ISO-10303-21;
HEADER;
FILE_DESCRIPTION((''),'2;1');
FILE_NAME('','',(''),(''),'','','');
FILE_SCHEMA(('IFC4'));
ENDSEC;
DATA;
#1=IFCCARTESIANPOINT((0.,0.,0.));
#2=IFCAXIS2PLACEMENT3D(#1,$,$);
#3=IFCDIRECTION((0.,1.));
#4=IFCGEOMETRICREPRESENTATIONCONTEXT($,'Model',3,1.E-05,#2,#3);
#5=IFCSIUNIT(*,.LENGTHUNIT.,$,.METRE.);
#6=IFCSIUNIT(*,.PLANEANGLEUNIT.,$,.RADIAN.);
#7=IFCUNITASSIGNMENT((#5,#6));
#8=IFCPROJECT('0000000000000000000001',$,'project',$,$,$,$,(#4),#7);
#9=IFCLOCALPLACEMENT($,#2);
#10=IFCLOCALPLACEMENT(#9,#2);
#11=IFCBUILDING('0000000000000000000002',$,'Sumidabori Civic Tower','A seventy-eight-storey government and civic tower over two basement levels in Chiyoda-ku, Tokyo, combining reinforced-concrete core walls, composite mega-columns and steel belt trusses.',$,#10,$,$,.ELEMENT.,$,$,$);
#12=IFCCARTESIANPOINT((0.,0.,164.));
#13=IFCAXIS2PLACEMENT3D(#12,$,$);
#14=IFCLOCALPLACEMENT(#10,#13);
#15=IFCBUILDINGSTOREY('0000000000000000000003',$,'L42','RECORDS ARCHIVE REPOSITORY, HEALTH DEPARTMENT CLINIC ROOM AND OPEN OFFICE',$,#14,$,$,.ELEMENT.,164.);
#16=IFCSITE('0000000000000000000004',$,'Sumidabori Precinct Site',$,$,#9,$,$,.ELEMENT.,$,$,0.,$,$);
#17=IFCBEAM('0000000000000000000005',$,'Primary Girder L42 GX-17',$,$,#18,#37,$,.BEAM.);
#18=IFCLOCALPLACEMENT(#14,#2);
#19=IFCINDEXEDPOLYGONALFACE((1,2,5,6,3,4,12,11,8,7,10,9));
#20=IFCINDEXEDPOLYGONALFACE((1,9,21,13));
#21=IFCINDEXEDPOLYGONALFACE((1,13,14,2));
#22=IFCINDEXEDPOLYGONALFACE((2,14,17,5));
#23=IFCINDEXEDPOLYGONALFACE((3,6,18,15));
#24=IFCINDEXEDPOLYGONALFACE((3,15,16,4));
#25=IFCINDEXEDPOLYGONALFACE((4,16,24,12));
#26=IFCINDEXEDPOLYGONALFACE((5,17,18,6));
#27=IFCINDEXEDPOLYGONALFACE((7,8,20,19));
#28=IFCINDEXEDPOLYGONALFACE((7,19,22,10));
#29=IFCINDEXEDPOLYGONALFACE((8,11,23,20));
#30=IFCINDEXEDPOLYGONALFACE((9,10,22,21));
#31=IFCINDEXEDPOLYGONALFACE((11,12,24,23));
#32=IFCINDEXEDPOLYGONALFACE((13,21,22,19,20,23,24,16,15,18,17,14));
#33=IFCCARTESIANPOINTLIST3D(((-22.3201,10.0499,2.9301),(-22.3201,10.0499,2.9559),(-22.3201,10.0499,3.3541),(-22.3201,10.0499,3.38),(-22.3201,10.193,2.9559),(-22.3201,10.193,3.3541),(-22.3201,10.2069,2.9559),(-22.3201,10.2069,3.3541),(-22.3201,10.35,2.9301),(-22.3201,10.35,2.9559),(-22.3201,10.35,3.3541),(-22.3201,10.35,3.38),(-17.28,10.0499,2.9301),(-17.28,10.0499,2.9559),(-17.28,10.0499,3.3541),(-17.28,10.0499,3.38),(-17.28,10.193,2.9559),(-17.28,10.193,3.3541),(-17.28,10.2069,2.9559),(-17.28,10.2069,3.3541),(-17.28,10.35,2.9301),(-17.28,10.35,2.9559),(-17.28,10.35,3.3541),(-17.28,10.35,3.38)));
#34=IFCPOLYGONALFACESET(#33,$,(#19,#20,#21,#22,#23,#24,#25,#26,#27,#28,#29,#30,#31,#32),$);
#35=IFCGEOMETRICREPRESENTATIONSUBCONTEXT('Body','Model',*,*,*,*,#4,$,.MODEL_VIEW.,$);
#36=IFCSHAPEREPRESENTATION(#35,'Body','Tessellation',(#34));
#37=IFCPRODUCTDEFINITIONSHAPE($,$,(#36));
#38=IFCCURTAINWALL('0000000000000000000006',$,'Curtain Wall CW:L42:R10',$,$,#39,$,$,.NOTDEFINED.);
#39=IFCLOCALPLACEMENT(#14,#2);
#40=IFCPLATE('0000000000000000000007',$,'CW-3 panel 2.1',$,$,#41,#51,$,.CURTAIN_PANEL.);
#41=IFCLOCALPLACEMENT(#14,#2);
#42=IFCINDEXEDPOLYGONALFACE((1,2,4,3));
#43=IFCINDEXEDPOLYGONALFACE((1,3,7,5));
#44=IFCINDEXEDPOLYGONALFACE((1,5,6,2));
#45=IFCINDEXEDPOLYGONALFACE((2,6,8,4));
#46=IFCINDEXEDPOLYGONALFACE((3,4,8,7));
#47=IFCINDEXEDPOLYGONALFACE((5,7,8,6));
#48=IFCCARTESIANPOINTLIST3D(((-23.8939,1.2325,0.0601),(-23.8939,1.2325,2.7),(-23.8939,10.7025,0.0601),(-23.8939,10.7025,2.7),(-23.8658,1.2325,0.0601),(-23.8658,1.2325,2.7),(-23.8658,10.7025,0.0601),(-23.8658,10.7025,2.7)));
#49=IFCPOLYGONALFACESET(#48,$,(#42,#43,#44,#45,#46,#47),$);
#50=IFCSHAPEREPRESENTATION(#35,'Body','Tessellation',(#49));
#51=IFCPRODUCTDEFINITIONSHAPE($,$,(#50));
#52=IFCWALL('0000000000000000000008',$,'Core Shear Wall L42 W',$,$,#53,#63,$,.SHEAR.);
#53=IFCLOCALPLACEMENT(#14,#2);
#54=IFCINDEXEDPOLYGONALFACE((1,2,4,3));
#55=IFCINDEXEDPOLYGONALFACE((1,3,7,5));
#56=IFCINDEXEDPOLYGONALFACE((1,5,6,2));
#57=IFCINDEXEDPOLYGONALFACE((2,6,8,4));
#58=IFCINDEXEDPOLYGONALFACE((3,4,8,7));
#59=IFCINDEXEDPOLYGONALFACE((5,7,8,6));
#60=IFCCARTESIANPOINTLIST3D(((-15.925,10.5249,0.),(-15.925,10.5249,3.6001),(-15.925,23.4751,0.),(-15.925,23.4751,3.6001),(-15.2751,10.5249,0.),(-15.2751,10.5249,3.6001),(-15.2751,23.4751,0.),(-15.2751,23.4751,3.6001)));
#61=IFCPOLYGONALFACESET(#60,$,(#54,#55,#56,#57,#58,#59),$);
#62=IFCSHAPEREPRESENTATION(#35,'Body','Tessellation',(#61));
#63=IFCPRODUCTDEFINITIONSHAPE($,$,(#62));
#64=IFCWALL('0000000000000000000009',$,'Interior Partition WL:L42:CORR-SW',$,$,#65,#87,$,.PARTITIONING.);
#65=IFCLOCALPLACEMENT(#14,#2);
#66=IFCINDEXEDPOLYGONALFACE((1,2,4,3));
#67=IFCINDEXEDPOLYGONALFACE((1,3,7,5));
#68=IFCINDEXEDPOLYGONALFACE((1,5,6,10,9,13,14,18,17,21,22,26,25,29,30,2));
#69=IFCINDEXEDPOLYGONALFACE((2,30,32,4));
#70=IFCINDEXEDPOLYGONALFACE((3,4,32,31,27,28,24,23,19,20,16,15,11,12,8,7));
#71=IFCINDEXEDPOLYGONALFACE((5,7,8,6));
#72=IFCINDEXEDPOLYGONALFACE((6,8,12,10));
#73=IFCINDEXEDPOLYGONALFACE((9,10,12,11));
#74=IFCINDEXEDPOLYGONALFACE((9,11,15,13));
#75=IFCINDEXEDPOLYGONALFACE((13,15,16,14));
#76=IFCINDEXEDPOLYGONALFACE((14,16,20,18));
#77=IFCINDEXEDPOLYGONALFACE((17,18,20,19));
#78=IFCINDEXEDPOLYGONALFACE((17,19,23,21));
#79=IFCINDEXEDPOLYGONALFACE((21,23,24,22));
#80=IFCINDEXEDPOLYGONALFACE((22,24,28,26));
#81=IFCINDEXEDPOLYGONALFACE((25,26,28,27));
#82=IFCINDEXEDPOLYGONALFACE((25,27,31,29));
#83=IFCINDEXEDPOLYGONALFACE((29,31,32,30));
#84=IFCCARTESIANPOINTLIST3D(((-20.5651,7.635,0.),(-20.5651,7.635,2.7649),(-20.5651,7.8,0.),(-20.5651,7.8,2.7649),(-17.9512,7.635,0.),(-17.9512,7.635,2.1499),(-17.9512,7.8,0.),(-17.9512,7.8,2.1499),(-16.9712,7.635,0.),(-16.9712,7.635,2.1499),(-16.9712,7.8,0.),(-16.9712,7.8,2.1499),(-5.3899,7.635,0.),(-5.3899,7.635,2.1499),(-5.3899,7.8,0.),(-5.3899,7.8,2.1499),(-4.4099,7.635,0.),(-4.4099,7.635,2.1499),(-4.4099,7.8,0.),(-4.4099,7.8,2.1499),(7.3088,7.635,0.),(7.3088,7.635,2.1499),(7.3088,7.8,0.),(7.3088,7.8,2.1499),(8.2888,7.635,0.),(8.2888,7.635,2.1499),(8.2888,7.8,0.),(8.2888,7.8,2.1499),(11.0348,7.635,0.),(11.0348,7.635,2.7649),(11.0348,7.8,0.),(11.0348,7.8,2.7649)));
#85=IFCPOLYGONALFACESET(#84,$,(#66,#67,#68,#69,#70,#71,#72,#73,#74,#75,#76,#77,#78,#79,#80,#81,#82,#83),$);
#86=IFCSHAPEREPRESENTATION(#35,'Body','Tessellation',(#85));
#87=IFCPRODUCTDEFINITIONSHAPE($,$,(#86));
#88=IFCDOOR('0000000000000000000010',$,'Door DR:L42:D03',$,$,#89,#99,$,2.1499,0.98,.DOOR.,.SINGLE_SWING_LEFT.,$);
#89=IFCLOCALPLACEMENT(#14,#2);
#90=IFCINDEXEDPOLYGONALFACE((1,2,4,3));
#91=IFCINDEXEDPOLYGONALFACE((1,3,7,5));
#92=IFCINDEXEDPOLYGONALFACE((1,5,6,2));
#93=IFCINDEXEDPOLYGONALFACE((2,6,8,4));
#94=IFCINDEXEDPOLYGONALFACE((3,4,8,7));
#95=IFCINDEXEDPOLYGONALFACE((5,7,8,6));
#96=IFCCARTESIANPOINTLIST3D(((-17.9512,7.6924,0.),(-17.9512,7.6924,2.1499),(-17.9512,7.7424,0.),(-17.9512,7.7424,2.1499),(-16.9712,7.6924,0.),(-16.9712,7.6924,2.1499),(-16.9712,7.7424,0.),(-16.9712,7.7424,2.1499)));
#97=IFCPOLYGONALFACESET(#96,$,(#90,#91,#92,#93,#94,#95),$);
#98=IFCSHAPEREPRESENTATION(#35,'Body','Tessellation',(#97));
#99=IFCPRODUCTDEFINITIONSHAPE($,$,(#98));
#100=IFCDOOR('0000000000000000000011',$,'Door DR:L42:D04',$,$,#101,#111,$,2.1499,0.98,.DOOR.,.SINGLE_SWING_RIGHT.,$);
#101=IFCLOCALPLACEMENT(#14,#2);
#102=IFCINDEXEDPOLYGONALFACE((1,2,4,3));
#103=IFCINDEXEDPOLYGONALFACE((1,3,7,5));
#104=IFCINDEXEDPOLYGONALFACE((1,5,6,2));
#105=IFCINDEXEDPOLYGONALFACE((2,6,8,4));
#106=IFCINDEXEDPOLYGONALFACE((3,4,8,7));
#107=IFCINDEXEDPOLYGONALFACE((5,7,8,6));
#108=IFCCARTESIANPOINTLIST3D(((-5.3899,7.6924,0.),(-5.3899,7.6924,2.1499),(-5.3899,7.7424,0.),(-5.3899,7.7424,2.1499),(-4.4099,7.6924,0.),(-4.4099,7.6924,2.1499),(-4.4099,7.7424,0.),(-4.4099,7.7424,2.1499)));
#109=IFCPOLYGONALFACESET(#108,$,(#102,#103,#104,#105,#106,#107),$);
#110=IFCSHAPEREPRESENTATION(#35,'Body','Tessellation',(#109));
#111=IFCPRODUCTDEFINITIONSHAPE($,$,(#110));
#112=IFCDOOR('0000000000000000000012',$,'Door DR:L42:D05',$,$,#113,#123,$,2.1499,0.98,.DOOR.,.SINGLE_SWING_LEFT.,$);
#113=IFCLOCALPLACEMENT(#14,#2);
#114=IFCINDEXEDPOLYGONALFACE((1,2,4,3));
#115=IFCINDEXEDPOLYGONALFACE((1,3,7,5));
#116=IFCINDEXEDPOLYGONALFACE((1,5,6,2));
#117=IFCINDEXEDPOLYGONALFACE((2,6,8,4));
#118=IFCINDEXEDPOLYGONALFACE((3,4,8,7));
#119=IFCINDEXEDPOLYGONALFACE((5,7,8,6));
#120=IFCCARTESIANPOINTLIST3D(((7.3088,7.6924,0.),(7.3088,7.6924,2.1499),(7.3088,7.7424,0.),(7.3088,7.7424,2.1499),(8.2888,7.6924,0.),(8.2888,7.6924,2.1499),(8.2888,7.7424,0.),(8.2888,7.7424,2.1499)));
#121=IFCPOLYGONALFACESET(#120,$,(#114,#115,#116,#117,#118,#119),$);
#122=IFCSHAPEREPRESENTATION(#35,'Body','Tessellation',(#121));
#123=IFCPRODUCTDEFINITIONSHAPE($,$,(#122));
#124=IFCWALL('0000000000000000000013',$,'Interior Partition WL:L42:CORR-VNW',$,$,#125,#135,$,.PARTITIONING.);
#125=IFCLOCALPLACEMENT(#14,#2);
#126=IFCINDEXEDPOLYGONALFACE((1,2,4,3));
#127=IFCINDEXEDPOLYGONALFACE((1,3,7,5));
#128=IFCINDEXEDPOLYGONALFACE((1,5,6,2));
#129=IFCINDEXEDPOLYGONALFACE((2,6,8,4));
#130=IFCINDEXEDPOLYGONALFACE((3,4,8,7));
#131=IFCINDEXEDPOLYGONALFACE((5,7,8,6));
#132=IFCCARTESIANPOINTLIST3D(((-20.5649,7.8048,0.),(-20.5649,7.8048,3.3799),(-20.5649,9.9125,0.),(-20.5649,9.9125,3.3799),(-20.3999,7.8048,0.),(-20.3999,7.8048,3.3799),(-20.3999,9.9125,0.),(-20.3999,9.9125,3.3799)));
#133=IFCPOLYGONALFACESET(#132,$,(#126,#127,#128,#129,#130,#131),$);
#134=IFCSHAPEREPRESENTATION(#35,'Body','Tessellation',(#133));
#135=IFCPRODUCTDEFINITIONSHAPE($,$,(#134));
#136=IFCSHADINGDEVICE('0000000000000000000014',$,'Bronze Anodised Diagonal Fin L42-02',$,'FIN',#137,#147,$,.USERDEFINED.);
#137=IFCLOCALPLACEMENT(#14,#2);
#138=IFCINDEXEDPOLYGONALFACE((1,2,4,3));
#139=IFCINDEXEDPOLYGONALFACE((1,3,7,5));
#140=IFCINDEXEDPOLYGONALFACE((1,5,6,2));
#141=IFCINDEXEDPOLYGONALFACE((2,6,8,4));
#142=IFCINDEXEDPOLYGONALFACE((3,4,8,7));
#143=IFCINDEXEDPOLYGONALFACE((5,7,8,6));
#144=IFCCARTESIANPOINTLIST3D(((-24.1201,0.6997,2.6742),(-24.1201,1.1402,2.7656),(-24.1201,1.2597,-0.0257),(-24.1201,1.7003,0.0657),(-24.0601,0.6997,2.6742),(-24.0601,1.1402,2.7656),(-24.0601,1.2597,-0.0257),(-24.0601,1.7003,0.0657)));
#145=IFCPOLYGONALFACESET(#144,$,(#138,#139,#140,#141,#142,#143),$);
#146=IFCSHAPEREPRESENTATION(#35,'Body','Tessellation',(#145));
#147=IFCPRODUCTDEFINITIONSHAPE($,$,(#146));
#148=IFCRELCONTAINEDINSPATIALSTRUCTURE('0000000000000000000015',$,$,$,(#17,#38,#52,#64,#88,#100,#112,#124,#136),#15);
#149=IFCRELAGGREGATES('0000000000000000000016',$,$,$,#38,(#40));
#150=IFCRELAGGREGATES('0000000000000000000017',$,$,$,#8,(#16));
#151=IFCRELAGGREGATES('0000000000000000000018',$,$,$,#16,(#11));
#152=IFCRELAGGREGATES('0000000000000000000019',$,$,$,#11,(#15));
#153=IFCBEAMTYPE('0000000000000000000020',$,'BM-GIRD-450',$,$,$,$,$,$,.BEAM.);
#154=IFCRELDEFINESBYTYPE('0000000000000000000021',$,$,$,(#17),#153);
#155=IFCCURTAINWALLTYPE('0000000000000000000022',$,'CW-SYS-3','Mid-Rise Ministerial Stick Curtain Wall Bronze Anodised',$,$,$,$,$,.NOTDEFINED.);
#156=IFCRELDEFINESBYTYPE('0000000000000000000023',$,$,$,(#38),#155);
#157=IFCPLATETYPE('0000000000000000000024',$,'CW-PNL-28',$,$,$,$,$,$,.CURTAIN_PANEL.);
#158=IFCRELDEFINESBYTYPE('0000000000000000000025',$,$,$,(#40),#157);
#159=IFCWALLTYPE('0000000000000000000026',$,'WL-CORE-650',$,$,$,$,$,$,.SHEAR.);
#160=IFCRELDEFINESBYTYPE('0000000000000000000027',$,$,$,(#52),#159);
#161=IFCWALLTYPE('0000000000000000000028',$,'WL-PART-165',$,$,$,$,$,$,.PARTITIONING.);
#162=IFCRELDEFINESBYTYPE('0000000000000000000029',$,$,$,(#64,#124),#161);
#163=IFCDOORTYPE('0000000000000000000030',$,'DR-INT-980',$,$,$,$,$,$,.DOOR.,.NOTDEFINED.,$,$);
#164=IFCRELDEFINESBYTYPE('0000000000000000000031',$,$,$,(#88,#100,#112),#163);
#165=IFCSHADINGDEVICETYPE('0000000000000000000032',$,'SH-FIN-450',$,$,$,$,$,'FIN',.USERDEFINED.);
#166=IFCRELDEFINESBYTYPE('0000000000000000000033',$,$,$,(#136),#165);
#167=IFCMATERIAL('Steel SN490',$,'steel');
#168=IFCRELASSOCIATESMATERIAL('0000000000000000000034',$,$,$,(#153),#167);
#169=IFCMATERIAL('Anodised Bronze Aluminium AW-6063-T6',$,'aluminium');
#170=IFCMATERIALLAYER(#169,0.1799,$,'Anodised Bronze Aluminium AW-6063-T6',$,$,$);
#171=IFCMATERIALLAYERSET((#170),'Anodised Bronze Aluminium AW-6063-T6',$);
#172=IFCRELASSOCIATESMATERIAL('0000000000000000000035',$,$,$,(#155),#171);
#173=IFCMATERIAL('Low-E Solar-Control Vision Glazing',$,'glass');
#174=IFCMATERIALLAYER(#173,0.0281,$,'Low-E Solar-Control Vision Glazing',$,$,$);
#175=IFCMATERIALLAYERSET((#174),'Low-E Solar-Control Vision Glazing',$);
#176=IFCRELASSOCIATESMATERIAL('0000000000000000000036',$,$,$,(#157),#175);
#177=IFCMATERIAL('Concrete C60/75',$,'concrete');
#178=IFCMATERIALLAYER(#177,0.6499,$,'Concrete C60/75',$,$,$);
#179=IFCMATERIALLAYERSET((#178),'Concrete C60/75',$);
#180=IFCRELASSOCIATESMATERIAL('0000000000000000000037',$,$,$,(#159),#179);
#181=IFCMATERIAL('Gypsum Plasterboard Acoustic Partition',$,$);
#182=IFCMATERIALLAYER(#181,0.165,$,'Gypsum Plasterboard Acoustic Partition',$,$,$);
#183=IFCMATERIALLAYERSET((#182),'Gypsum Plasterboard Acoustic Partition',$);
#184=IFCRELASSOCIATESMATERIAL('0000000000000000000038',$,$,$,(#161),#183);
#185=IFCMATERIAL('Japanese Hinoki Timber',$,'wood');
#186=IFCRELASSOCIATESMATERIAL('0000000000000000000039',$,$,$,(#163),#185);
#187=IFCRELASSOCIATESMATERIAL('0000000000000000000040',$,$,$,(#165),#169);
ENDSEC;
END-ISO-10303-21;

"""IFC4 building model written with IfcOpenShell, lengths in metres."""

from ifc_helpers import new_model, si_unit, direction, frame, frame_2d, origin, origin_2d, place, context, subcontext, project, spatial, rectangle, i_section, extrude, source, transform, mapped, material, layer, layer_set, material_profile, profile_set, type_object, element, fill, aggregate, save


model = new_model("IFC4")

# Units and contexts
model_context = context("Model", 3, precision=1e-05, world=origin(), true_north=direction((0.0, 1.0)))
body_context = subcontext(model_context, "Body", "Model", "MODEL_VIEW")
ifc_project = project(units=[si_unit("LENGTHUNIT", "METRE"), si_unit("PLANEANGLEUNIT", "RADIAN")], contexts=[model_context])

# Site, building, storey
site_placement = place(None, origin())
site = spatial("IfcSite", under=ifc_project, at=site_placement, Name="Sumidabori Precinct Site", CompositionType="ELEMENT", RefElevation=0.0)
building_placement = place(site_placement, origin())
building = spatial("IfcBuilding", under=site, at=building_placement, Name="Sumidabori Civic Tower", Description="A seventy-eight-storey government and civic tower over two basement levels in Chiyoda-ku, Tokyo, combining reinforced-concrete core walls, composite mega-columns and steel belt trusses.", CompositionType="ELEMENT")
storey_placement = place(building_placement, frame((0.0, 0.0, 164.0)))
storey = spatial("IfcBuildingStorey", under=building, at=storey_placement, Name="L42", Description="RECORDS ARCHIVE REPOSITORY, HEALTH DEPARTMENT CLINIC ROOM AND OPEN OFFICE", CompositionType="ELEMENT", Elevation=164.0)

# Shared definitions
ifc_material_1 = material(Name="Concrete C60/75", Category="concrete")

# Beam
ifc_material_2 = material(Name="Steel SN490", Category="steel")
ifc_material_profile_1 = material_profile(ifc_material_2, i_section(OverallWidth=0.3, OverallDepth=0.45, WebThickness=0.0139, FlangeThickness=0.0259, at=origin_2d()), Name="HE 450 B")
ifc_profile_set_1 = profile_set([ifc_material_profile_1], Name="Steel SN490")
beam_type_1 = type_object("IfcBeamType", Name="BM-GIRD-450", PredefinedType="BEAM", material=ifc_profile_set_1)
shared_shape_1 = source(origin(), body_context, "Body", "SweptSolid", [
    extrude(i_section(OverallWidth=0.3, OverallDepth=0.45, WebThickness=0.0139, FlangeThickness=0.0259, at=origin_2d()), origin(), (0.0, 0.0, 1.0), 5.04),
])
beam_1_placement = place(storey_placement, frame((-22.3201, 10.2, 3.155), z_axis=(1.0, 0.0, 0.0), x_axis=(0.0, 1.0, 0.0)))
element("IfcBeam", 1, at=beam_1_placement, inside=storey, type_object=beam_type_1, Name="Primary Girder L42 GX-17", PredefinedType="BEAM", context=body_context, shape_type="MappedRepresentation", body=[
    mapped(shared_shape_1, transform((0.0, 0.0, 0.0), x_axis=(1.0, 0.0, 0.0), y_axis=(0.0, 1.0, 0.0), z_axis=(0.0, 0.0, 1.0), scale=1.0)),
])

# Curtain wall, plate
ifc_material_3 = material(Name="Anodised Bronze Aluminium AW-6063-T6", Category="aluminium")
ifc_layer_1 = layer(ifc_material_3, 0.1799, Name="Anodised Bronze Aluminium AW-6063-T6")
ifc_layer_set_1 = layer_set([ifc_layer_1], Name="Anodised Bronze Aluminium AW-6063-T6")
curtain_wall_type = type_object("IfcCurtainWallType", Name="CW-SYS-3", Description="Mid-Rise Ministerial Stick Curtain Wall Bronze Anodised", PredefinedType="NOTDEFINED", material=ifc_layer_set_1)
curtain_wall_placement = place(storey_placement, origin())
curtain_wall = element("IfcCurtainWall", 2, at=curtain_wall_placement, inside=storey, type_object=curtain_wall_type, Name="Curtain Wall CW:L42:R10", PredefinedType="NOTDEFINED")
ifc_material_4 = material(Name="Low-E Solar-Control Vision Glazing", Category="glass")
ifc_layer_2 = layer(ifc_material_4, 0.0281, Name="Low-E Solar-Control Vision Glazing")
ifc_layer_set_2 = layer_set([ifc_layer_2], Name="Low-E Solar-Control Vision Glazing")
plate_type = type_object("IfcPlateType", Name="CW-PNL-28", PredefinedType="CURTAIN_PANEL", material=ifc_layer_set_2)
shared_shape_2 = source(origin(), body_context, "Body", "SweptSolid", [
    extrude(rectangle(XDim=9.47, YDim=0.0281, at=origin_2d()), origin(), (0.0, 0.0, 1.0), 2.6399),
])
plate_placement = place(storey_placement, frame((-23.8799, 5.9675, 0.0601), z_axis=(0.0, 0.0, 1.0), x_axis=(0.0, -1.0, 0.0)))
plate = element("IfcPlate", 3, at=plate_placement, type_object=plate_type, Name="CW-3 panel 2.1", PredefinedType="CURTAIN_PANEL", context=body_context, shape_type="MappedRepresentation", body=[
    mapped(shared_shape_2, transform((0.0, 0.0, 0.0), x_axis=(1.0, 0.0, 0.0), y_axis=(0.0, 1.0, 0.0), z_axis=(0.0, 0.0, 1.0), scale=1.0)),
])
aggregate(curtain_wall, [plate])

# Shared definitions
ifc_layer_3 = layer(ifc_material_1, 0.6499, Name="Concrete C60/75")
ifc_layer_set_3 = layer_set([ifc_layer_3], Name="Concrete C60/75")
wall_type_1 = type_object("IfcWallType", Name="WL-CORE-650", PredefinedType="SHEAR", material=ifc_layer_set_3)

# Wall
shared_shape_3 = source(origin(), body_context, "Body", "SweptSolid", [
    extrude(rectangle(XDim=12.9502, YDim=0.6499, at=frame_2d((6.4751, 0.0))), origin(), (0.0, 0.0, 1.0), 3.6001),
])
wall_1_placement = place(storey_placement, frame((-15.6001, 10.5249, 0.0), z_axis=(0.0, 0.0, 1.0), x_axis=(0.0, 1.0, 0.0)))
element("IfcWall", 4, at=wall_1_placement, inside=storey, type_object=wall_type_1, Name="Core Shear Wall L42 W", PredefinedType="SHEAR", context=body_context, shape_type="MappedRepresentation", body=[
    mapped(shared_shape_3, transform((0.0, 0.0, 0.0), x_axis=(1.0, 0.0, 0.0), y_axis=(0.0, 1.0, 0.0), z_axis=(0.0, 0.0, 1.0), scale=1.0)),
])

# Shared definitions
ifc_material_5 = material(Name="Gypsum Plasterboard Acoustic Partition")
ifc_layer_4 = layer(ifc_material_5, 0.165, Name="Gypsum Plasterboard Acoustic Partition")
ifc_layer_set_4 = layer_set([ifc_layer_4], Name="Gypsum Plasterboard Acoustic Partition")
wall_type_2 = type_object("IfcWallType", Name="WL-PART-165", PredefinedType="PARTITIONING", material=ifc_layer_set_4)
ifc_material_6 = material(Name="Japanese Hinoki Timber", Category="wood")

# Wall, openings, doors
shared_shape_4 = source(origin(), body_context, "Body", "SweptSolid", [
    extrude(rectangle(XDim=31.5999, YDim=0.165, at=frame_2d((15.7998, 0.0))), origin(), (0.0, 0.0, 1.0), 2.7649),
])
wall_2_placement = place(storey_placement, frame((-20.5649, 7.7175, 0.0), z_axis=(0.0, 0.0, 1.0), x_axis=(1.0, 0.0, 0.0)))
wall_2 = element("IfcWall", 5, at=wall_2_placement, inside=storey, type_object=wall_type_2, Name="Interior Partition WL:L42:CORR-SW", PredefinedType="PARTITIONING", context=body_context, shape_type="MappedRepresentation", body=[
    mapped(shared_shape_4, transform((0.0, 0.0, 0.0), x_axis=(1.0, 0.0, 0.0), y_axis=(0.0, 1.0, 0.0), z_axis=(0.0, 0.0, 1.0), scale=1.0)),
])
opening_1_placement = place(wall_2_placement, frame((2.6138, 0.0, 0.0)))
opening_1 = element("IfcOpeningElement", 6, at=opening_1_placement, cuts=wall_2, PredefinedType="OPENING", context=body_context, shape_type="SweptSolid", body=[
    extrude(rectangle(XDim=0.98, YDim=2.1499, at=frame_2d((0.49, 1.075))), frame((0.0, 0.0945, 0.0), z_axis=(0.0, -1.0, 0.0), x_axis=(1.0, 0.0, 0.0)), (0.0, 0.0, 1.0), 0.189),
])
opening_2_placement = place(wall_2_placement, frame((15.175, 0.0, 0.0)))
opening_2 = element("IfcOpeningElement", 7, at=opening_2_placement, cuts=wall_2, PredefinedType="OPENING", context=body_context, shape_type="SweptSolid", body=[
    extrude(rectangle(XDim=0.98, YDim=2.1499, at=frame_2d((0.49, 1.075))), frame((0.0, 0.0945, 0.0), z_axis=(0.0, -1.0, 0.0), x_axis=(1.0, 0.0, 0.0)), (0.0, 0.0, 1.0), 0.189),
])
opening_3_placement = place(wall_2_placement, frame((27.8738, 0.0, 0.0)))
opening_3 = element("IfcOpeningElement", 8, at=opening_3_placement, cuts=wall_2, PredefinedType="OPENING", context=body_context, shape_type="SweptSolid", body=[
    extrude(rectangle(XDim=0.98, YDim=2.1499, at=frame_2d((0.49, 1.075))), frame((0.0, 0.0945, 0.0), z_axis=(0.0, -1.0, 0.0), x_axis=(1.0, 0.0, 0.0)), (0.0, 0.0, 1.0), 0.189),
])
door_type_1 = type_object("IfcDoorType", Name="DR-INT-980", OperationType="NOTDEFINED", PredefinedType="DOOR", material=ifc_material_6)
shared_shape_5 = source(origin(), body_context, "Body", "SweptSolid", [
    extrude(rectangle(XDim=0.98, YDim=2.1499, at=frame_2d((0.49, 1.075))), frame((0.0, 0.0249, 0.0), z_axis=(0.0, -1.0, 0.0), x_axis=(1.0, 0.0, 0.0)), (0.0, 0.0, 1.0), 0.05),
])
door_1_placement = place(opening_1_placement, origin())
door_1 = element("IfcDoor", 9, at=door_1_placement, inside=storey, type_object=door_type_1, Name="Door DR:L42:D03", OperationType="SINGLE_SWING_LEFT", OverallHeight=2.1499, OverallWidth=0.98, PredefinedType="DOOR", context=body_context, shape_type="MappedRepresentation", body=[
    mapped(shared_shape_5, transform((0.0, 0.0, 0.0), x_axis=(1.0, 0.0, 0.0), y_axis=(0.0, 1.0, 0.0), z_axis=(0.0, 0.0, 1.0), scale=1.0)),
])
fill(opening_1, door_1)
door_2_placement = place(opening_2_placement, origin())
door_2 = element("IfcDoor", 10, at=door_2_placement, inside=storey, type_object=door_type_1, Name="Door DR:L42:D04", OperationType="SINGLE_SWING_RIGHT", OverallHeight=2.1499, OverallWidth=0.98, PredefinedType="DOOR", context=body_context, shape_type="MappedRepresentation", body=[
    mapped(shared_shape_5, transform((0.0, 0.0, 0.0), x_axis=(1.0, 0.0, 0.0), y_axis=(0.0, 1.0, 0.0), z_axis=(0.0, 0.0, 1.0), scale=1.0)),
])
fill(opening_2, door_2)
door_3_placement = place(opening_3_placement, origin())
door_3 = element("IfcDoor", 11, at=door_3_placement, inside=storey, type_object=door_type_1, Name="Door DR:L42:D05", OperationType="SINGLE_SWING_LEFT", OverallHeight=2.1499, OverallWidth=0.98, PredefinedType="DOOR", context=body_context, shape_type="MappedRepresentation", body=[
    mapped(shared_shape_5, transform((0.0, 0.0, 0.0), x_axis=(1.0, 0.0, 0.0), y_axis=(0.0, 1.0, 0.0), z_axis=(0.0, 0.0, 1.0), scale=1.0)),
])
fill(opening_3, door_3)

# Wall
shared_shape_6 = source(origin(), body_context, "Body", "SweptSolid", [
    extrude(rectangle(XDim=2.1077, YDim=0.165, at=frame_2d((1.0537, 0.0))), origin(), (0.0, 0.0, 1.0), 3.3799),
])
wall_3_placement = place(storey_placement, frame((-20.4824, 7.8049, 0.0), z_axis=(0.0, 0.0, 1.0), x_axis=(0.0, 1.0, 0.0)))
element("IfcWall", 12, at=wall_3_placement, inside=storey, type_object=wall_type_2, Name="Interior Partition WL:L42:CORR-VNW", PredefinedType="PARTITIONING", context=body_context, shape_type="MappedRepresentation", body=[
    mapped(shared_shape_6, transform((0.0, 0.0, 0.0), x_axis=(1.0, 0.0, 0.0), y_axis=(0.0, 1.0, 0.0), z_axis=(0.0, 0.0, 1.0), scale=1.0)),
])

# Shading device
ifc_material_profile_2 = material_profile(ifc_material_3, rectangle(XDim=0.0601, YDim=0.45, at=origin_2d()), Name="BRONZE FIN 450x60")
ifc_profile_set_2 = profile_set([ifc_material_profile_2], Name="Anodised Bronze Aluminium AW-6063-T6")
shading_device_type = type_object("IfcShadingDeviceType", Name="SH-FIN-450", ElementType="FIN", PredefinedType="USERDEFINED", material=ifc_profile_set_2)
shared_shape_7 = source(origin(), body_context, "Body", "SweptSolid", [
    extrude(rectangle(XDim=0.0601, YDim=0.45, at=origin_2d()), origin(), (0.0, 0.0, 1.0), 2.7573),
])
shading_device_placement = place(storey_placement, frame((-24.0901, 1.48, 0.02), z_axis=(0.0, -0.203109, 0.979156), x_axis=(-1.0, 0.0, 0.0)))
element("IfcShadingDevice", 13, at=shading_device_placement, inside=storey, type_object=shading_device_type, Name="Bronze Anodised Diagonal Fin L42-02", ObjectType="FIN", PredefinedType="USERDEFINED", context=body_context, shape_type="MappedRepresentation", body=[
    mapped(shared_shape_7, transform((0.0, 0.0, 0.0), x_axis=(1.0, 0.0, 0.0), y_axis=(0.0, 1.0, 0.0), z_axis=(0.0, 0.0, 1.0), scale=1.0)),
])

save(model, "model.ifc")
